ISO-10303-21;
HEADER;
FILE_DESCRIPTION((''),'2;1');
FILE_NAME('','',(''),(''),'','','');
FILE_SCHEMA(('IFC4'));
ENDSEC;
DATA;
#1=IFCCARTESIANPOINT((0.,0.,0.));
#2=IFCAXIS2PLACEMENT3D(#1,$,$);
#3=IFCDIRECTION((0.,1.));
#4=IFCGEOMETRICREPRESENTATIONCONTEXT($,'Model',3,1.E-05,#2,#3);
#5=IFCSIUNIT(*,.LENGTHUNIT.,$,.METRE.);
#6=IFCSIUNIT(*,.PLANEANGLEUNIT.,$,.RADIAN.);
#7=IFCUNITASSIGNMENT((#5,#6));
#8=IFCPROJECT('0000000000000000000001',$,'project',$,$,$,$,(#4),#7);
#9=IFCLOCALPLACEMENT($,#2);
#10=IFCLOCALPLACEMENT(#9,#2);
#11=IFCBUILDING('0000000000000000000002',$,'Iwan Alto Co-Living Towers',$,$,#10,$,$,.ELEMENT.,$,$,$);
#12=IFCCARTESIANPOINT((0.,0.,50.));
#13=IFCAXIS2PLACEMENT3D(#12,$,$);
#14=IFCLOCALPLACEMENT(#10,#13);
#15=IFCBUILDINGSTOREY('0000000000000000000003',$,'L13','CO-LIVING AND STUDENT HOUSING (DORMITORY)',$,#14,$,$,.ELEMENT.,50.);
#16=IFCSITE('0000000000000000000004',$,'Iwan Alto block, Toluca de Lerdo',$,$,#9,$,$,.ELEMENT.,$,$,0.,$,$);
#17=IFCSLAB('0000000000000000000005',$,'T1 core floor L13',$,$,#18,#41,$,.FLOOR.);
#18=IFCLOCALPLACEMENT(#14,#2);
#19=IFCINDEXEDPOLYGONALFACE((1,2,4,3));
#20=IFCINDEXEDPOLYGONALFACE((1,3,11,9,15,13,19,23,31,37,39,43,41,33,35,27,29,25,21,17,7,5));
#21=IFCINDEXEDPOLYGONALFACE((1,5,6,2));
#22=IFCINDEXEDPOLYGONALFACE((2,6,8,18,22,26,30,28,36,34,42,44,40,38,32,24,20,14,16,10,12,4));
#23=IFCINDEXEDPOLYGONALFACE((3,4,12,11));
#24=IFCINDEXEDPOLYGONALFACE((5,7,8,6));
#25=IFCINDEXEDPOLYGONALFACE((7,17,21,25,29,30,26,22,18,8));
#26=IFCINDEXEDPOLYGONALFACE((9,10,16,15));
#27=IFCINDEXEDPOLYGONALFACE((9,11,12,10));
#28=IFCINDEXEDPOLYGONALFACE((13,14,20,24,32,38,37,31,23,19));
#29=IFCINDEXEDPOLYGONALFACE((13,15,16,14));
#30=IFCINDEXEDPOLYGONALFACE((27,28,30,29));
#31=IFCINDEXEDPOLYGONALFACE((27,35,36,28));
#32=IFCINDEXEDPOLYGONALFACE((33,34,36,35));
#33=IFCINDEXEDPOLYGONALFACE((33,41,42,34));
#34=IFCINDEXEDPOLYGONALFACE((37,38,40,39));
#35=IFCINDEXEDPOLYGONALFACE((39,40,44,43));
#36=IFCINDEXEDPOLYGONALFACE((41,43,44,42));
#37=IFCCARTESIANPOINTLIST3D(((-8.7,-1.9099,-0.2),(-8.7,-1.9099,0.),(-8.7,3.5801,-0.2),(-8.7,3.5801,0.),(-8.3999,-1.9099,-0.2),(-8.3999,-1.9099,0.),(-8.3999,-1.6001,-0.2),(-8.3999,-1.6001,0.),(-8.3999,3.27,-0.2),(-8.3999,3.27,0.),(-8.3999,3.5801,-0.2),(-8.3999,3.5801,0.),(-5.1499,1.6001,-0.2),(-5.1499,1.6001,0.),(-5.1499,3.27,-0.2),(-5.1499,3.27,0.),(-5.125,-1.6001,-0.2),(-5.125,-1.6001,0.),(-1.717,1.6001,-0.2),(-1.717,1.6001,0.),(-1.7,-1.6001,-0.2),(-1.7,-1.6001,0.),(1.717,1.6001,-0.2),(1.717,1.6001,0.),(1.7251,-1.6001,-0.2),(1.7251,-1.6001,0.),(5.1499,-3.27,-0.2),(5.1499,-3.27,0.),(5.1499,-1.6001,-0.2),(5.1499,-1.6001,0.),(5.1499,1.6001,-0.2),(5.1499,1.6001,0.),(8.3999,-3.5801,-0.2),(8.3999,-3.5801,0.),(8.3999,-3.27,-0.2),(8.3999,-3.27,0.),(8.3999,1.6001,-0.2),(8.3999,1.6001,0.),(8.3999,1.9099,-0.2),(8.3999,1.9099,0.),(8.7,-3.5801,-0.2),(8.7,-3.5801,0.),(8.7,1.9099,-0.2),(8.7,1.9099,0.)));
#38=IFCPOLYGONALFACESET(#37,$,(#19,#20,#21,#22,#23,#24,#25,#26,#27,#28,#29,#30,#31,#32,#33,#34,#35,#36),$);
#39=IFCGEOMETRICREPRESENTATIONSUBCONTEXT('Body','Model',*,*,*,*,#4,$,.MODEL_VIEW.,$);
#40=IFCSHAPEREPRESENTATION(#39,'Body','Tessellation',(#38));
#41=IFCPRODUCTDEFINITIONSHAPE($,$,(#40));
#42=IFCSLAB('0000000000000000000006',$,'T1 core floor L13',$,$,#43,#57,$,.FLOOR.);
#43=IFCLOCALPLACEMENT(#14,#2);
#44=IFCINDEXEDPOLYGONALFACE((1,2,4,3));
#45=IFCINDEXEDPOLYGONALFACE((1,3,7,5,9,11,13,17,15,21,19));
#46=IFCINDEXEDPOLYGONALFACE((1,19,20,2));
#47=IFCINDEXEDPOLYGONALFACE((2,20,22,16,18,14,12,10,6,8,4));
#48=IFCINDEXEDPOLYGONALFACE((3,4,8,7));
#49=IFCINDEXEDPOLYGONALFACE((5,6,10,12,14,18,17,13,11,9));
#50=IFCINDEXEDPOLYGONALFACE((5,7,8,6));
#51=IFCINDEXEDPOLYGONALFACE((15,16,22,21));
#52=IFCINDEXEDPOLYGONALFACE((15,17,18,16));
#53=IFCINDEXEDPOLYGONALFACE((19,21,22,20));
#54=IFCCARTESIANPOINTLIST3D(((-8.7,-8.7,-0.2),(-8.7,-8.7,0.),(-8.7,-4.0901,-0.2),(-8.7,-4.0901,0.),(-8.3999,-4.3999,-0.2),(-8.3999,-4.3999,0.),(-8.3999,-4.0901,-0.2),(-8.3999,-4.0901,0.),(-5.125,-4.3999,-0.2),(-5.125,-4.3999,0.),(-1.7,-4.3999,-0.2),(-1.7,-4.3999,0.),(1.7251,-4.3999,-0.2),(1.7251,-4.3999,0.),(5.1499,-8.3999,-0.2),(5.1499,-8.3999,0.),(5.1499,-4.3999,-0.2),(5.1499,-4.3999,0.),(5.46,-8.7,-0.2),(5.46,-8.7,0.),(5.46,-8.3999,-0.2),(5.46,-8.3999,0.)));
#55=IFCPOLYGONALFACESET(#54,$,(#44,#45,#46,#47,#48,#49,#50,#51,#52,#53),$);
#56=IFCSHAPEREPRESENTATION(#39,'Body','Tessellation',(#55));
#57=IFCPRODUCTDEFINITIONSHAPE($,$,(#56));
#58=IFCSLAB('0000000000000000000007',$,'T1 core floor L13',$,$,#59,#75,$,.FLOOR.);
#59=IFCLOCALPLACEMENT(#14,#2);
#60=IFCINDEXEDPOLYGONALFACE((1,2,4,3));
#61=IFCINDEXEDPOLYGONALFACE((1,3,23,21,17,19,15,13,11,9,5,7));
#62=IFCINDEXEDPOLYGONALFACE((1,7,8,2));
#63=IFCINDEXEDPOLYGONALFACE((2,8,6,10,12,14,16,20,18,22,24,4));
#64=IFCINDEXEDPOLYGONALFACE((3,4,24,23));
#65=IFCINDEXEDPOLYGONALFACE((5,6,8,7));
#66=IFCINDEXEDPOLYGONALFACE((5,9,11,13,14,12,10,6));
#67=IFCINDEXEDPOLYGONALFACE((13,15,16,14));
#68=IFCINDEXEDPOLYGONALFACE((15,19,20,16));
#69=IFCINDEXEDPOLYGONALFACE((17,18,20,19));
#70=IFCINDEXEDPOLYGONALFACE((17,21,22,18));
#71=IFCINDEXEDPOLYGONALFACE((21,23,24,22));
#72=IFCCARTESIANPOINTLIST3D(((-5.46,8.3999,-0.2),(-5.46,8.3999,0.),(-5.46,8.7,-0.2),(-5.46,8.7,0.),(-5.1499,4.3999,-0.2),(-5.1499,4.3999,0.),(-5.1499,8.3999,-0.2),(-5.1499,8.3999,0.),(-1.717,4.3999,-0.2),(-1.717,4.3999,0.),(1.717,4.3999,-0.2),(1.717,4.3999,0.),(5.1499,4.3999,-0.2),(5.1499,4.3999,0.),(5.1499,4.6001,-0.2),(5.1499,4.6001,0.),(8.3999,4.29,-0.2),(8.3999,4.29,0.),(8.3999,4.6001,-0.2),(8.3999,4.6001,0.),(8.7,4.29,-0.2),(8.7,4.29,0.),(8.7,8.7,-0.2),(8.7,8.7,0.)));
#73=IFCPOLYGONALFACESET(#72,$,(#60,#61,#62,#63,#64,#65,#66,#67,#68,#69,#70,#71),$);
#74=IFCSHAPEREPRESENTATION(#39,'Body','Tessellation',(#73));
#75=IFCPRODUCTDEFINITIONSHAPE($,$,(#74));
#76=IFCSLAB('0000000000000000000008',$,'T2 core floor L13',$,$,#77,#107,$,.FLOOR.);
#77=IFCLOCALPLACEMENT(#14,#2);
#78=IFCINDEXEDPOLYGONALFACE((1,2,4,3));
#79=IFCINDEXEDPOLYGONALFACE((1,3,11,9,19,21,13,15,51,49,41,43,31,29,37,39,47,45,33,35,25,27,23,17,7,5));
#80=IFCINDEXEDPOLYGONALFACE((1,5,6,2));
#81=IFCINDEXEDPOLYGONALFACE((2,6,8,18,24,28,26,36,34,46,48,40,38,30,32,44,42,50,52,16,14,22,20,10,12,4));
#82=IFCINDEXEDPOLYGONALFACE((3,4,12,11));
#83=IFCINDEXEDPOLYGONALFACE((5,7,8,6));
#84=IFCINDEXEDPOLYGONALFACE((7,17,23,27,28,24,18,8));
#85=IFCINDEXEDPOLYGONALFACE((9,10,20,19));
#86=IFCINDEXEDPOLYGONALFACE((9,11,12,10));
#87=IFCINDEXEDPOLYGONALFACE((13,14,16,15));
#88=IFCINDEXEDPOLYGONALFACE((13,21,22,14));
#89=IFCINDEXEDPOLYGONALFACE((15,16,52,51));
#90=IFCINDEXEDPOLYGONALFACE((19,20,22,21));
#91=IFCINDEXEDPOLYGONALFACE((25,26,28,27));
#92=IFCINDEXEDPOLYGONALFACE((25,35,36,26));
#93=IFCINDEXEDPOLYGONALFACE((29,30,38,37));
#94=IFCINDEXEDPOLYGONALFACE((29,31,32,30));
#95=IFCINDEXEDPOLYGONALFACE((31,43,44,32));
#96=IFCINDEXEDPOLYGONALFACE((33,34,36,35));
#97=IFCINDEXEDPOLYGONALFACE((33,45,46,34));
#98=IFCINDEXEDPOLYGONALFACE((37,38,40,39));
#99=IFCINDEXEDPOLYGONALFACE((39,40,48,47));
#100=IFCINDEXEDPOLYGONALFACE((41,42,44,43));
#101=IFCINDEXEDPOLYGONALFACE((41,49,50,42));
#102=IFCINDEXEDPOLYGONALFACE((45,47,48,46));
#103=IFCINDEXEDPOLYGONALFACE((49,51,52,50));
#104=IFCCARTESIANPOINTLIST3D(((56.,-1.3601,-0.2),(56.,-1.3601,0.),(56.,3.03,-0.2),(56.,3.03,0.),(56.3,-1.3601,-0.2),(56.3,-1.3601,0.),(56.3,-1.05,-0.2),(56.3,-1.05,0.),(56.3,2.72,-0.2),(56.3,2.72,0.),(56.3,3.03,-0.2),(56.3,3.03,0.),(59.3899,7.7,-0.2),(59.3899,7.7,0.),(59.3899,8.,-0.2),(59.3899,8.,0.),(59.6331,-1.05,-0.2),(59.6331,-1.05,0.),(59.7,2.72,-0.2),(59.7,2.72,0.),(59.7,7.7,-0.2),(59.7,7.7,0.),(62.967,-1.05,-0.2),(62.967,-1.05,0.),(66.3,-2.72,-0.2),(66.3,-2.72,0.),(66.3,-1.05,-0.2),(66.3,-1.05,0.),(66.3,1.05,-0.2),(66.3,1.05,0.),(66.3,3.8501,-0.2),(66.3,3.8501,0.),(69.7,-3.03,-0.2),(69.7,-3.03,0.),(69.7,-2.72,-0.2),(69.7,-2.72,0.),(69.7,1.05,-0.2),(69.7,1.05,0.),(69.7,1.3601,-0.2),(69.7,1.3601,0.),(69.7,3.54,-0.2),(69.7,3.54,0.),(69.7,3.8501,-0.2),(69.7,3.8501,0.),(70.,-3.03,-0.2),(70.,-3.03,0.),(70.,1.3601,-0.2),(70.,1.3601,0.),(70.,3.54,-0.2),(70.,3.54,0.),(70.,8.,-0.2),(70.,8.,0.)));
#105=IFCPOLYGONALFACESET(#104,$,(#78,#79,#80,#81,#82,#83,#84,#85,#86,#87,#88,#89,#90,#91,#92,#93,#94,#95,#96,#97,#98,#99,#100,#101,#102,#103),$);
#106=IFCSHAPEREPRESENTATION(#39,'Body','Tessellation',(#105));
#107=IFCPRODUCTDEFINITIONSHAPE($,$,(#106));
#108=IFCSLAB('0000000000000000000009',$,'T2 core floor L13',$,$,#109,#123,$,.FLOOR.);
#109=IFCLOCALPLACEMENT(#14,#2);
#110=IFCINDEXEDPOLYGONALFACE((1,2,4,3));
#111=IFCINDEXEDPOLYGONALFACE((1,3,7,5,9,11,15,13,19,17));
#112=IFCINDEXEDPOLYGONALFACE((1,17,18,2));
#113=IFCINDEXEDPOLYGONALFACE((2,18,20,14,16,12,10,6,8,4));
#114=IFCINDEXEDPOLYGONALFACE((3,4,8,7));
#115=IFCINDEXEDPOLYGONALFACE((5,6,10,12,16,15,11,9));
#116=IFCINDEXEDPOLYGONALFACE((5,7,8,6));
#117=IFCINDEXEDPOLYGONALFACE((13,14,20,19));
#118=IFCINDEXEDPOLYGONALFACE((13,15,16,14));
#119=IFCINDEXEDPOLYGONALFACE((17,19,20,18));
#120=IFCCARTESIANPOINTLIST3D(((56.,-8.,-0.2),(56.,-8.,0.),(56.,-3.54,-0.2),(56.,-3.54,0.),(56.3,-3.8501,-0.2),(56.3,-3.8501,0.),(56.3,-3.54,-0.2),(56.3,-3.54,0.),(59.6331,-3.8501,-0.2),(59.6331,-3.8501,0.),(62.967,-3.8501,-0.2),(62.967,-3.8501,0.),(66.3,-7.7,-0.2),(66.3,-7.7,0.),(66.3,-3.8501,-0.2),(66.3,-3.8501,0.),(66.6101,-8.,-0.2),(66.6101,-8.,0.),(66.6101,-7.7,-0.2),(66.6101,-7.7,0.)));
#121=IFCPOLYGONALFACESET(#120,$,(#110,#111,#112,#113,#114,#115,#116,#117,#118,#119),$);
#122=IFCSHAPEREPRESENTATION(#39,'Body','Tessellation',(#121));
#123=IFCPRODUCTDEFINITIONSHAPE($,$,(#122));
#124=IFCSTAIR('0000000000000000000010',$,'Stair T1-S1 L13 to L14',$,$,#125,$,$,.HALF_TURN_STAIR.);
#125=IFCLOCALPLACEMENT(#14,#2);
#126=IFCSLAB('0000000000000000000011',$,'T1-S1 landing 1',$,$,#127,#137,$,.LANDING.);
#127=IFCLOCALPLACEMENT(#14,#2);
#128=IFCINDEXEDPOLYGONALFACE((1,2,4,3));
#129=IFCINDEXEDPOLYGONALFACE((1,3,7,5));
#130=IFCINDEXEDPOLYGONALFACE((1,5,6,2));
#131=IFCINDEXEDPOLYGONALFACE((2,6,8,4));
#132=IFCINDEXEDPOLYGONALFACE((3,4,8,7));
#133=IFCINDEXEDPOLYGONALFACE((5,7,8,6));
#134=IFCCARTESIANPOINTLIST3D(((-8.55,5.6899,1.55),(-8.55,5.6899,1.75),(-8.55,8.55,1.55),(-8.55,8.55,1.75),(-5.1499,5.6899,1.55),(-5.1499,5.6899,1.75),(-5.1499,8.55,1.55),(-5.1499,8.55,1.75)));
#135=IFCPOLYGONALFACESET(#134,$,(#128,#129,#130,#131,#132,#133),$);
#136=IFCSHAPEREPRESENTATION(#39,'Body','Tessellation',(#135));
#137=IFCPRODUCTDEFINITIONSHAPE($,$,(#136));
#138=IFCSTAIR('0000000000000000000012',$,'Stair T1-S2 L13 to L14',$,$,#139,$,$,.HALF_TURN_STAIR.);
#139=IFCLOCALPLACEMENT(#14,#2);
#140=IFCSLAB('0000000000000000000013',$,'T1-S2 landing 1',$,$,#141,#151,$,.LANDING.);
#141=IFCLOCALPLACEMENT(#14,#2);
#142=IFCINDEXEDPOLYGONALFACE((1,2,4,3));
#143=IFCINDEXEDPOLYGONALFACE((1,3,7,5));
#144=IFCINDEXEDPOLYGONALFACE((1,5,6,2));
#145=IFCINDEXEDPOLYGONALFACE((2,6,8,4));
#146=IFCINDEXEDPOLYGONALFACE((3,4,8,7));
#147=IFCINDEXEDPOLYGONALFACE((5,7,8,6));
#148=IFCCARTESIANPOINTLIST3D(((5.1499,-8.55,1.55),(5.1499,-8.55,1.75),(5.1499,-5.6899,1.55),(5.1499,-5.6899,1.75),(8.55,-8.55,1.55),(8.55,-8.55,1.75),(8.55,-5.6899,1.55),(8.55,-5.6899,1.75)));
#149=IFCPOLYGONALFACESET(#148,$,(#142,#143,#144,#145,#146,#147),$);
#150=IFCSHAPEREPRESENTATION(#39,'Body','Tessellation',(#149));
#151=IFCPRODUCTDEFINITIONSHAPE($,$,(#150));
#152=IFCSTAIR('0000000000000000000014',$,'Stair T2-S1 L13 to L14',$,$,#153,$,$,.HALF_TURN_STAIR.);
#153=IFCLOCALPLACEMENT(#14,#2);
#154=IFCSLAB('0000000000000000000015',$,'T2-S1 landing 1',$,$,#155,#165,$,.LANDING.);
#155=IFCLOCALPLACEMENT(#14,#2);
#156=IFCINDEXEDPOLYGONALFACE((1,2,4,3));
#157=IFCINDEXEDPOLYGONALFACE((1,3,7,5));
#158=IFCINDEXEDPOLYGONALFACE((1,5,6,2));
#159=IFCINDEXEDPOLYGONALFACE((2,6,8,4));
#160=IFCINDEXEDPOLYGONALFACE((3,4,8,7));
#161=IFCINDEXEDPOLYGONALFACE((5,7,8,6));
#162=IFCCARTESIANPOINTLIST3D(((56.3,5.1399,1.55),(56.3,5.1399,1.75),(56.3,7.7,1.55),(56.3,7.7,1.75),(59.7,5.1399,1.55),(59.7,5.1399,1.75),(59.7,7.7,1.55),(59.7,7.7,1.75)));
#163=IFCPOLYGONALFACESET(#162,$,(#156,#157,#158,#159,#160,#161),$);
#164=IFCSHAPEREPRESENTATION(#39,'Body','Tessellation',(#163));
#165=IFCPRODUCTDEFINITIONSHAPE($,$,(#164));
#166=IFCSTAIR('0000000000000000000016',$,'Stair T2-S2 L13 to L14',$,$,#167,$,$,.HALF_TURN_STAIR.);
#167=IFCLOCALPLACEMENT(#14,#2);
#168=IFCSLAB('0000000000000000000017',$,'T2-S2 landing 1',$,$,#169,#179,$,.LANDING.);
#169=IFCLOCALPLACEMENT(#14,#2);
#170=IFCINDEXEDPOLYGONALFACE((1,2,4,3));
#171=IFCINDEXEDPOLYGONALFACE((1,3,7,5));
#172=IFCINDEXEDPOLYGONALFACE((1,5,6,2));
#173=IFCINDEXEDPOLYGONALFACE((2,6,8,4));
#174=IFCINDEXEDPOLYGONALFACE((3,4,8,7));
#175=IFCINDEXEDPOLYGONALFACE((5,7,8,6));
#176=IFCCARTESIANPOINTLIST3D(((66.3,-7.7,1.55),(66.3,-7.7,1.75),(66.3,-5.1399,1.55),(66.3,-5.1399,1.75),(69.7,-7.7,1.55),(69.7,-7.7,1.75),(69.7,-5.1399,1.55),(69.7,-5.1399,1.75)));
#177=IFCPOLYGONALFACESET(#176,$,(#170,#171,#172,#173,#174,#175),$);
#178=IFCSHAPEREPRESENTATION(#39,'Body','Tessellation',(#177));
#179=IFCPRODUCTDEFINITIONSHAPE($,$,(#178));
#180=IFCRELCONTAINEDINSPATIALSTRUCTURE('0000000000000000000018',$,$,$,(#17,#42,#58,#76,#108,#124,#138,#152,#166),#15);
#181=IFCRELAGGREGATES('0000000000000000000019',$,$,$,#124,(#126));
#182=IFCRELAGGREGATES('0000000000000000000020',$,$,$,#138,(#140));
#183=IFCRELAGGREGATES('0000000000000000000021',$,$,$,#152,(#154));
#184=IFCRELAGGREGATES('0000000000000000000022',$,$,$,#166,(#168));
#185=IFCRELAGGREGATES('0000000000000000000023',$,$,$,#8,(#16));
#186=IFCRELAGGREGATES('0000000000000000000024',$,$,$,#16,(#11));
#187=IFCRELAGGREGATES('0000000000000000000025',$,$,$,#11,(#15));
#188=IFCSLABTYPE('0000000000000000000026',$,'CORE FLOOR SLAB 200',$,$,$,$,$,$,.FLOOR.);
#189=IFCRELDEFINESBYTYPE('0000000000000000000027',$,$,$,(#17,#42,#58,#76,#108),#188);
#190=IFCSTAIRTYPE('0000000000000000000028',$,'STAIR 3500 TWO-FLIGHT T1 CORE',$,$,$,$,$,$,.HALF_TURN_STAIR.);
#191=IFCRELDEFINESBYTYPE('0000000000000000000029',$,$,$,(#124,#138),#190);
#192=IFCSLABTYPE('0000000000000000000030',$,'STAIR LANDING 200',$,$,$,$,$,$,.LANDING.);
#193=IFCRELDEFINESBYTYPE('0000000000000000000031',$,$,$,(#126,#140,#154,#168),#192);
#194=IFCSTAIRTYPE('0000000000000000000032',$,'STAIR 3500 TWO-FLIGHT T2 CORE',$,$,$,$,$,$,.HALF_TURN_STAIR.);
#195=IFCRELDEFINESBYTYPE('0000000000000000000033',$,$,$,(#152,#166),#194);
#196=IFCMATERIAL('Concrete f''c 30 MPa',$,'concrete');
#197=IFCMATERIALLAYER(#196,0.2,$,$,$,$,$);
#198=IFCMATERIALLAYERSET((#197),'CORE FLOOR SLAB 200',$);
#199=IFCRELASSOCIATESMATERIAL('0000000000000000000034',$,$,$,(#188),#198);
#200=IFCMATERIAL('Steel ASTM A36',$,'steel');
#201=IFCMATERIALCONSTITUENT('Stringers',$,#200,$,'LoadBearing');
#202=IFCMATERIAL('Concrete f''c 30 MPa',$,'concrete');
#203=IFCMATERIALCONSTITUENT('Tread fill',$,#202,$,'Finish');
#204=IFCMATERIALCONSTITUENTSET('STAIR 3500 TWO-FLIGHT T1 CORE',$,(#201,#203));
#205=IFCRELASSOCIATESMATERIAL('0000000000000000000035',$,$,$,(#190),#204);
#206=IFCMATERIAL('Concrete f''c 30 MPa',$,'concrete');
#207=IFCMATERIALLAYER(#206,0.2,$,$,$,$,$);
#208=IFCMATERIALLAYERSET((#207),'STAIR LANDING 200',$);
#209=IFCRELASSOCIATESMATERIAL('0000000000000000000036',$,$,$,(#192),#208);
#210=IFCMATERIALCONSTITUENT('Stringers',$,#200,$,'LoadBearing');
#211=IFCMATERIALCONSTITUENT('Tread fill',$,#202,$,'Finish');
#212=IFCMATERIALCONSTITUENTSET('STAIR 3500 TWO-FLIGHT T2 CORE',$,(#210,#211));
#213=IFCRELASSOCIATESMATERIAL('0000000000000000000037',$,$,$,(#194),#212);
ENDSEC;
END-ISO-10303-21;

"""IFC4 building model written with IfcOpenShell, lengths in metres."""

from ifc_helpers import new_model, si_unit, direction, frame, origin, place, context, subcontext, project, spatial, polyline, outline, extrude, material, layer, layer_set, constituent, constituent_set, type_object, element, aggregate, save


model = new_model("IFC4")

# Units and contexts
model_context = context("Model", 3, precision=1e-05, world=origin(), true_north=direction((0.0, 1.0)))
body_context = subcontext(model_context, "Body", "Model", "MODEL_VIEW")
ifc_project = project(units=[si_unit("LENGTHUNIT", "METRE"), si_unit("PLANEANGLEUNIT", "RADIAN")], contexts=[model_context])

# Site, building, storey
site_placement = place(None, origin())
site = spatial("IfcSite", under=ifc_project, at=site_placement, Name="Iwan Alto block, Toluca de Lerdo", CompositionType="ELEMENT", RefElevation=0.0)
building_placement = place(site_placement, origin())
building = spatial("IfcBuilding", under=site, at=building_placement, Name="Iwan Alto Co-Living Towers", CompositionType="ELEMENT")
storey_placement = place(building_placement, frame((0.0, 0.0, 50.0)))
storey = spatial("IfcBuildingStorey", under=building, at=storey_placement, Name="L13", Description="CO-LIVING AND STUDENT HOUSING (DORMITORY)", CompositionType="ELEMENT", Elevation=50.0)

# Slabs
ifc_material_1 = material(Name="Concrete f'c 30 MPa", Category="concrete")
ifc_layer_1 = layer(ifc_material_1, 0.2)
ifc_layer_set_1 = layer_set([ifc_layer_1], Name="CORE FLOOR SLAB 200")
slab_type_1 = type_object("IfcSlabType", Name="CORE FLOOR SLAB 200", PredefinedType="FLOOR", material=ifc_layer_set_1)
slab_1_placement = place(storey_placement, frame((0.0, 0.0, -0.2)))
element("IfcSlab", 1, at=slab_1_placement, inside=storey, type_object=slab_type_1, Name="T1 core floor L13", PredefinedType="FLOOR", context=body_context, shape_type="SweptSolid", body=[
    extrude(outline(polyline([(8.7, -3.5801), (8.3999, -3.5801), (8.3999, -3.27), (5.1499, -3.27), (5.1499, -1.6001), (1.7251, -1.6001), (-1.7, -1.6001), (-5.125, -1.6001), (-8.3999, -1.6001), (-8.3999, -1.9099), (-8.7, -1.9099), (-8.7, 3.5801), (-8.3999, 3.5801), (-8.3999, 3.27), (-5.1499, 3.27), (-5.1499, 1.6001), (-1.717, 1.6001), (1.717, 1.6001), (5.1499, 1.6001), (8.3999, 1.6001), (8.3999, 1.9099), (8.7, 1.9099), (8.7, -3.5801)])), origin(), (0.0, 0.0, 1.0), 0.2),
])
slab_2_placement = place(storey_placement, frame((0.0, 0.0, -0.2)))
element("IfcSlab", 2, at=slab_2_placement, inside=storey, type_object=slab_type_1, Name="T1 core floor L13", PredefinedType="FLOOR", context=body_context, shape_type="SweptSolid", body=[
    extrude(outline(polyline([(-1.7, -4.3999), (1.7251, -4.3999), (5.1499, -4.3999), (5.1499, -8.3999), (5.46, -8.3999), (5.46, -8.7), (-8.7, -8.7), (-8.7, -4.0901), (-8.3999, -4.0901), (-8.3999, -4.3999), (-5.125, -4.3999), (-1.7, -4.3999)])), origin(), (0.0, 0.0, 1.0), 0.2),
])
slab_3_placement = place(storey_placement, frame((0.0, 0.0, -0.2)))
element("IfcSlab", 3, at=slab_3_placement, inside=storey, type_object=slab_type_1, Name="T1 core floor L13", PredefinedType="FLOOR", context=body_context, shape_type="SweptSolid", body=[
    extrude(outline(polyline([(1.717, 4.3999), (-1.717, 4.3999), (-5.1499, 4.3999), (-5.1499, 8.3999), (-5.46, 8.3999), (-5.46, 8.7), (8.7, 8.7), (8.7, 4.29), (8.3999, 4.29), (8.3999, 4.6001), (5.1499, 4.6001), (5.1499, 4.3999), (1.717, 4.3999)])), origin(), (0.0, 0.0, 1.0), 0.2),
])
slab_4_placement = place(storey_placement, frame((0.0, 0.0, -0.2)))
element("IfcSlab", 4, at=slab_4_placement, inside=storey, type_object=slab_type_1, Name="T2 core floor L13", PredefinedType="FLOOR", context=body_context, shape_type="SweptSolid", body=[
    extrude(outline(polyline([(70.0, -3.03), (69.7, -3.03), (69.7, -2.72), (66.3, -2.72), (66.3, -1.05), (62.967, -1.05), (59.6331, -1.05), (56.3, -1.05), (56.3, -1.3601), (56.0, -1.3601), (56.0, 3.03), (56.3, 3.03), (56.3, 2.72), (59.7, 2.72), (59.7, 7.7), (59.3899, 7.7), (59.3899, 8.0), (70.0, 8.0), (70.0, 3.54), (69.7, 3.54), (69.7, 3.8501), (66.3, 3.8501), (66.3, 1.05), (69.7, 1.05), (69.7, 1.3601), (70.0, 1.3601), (70.0, -3.03)])), origin(), (0.0, 0.0, 1.0), 0.2),
])
slab_5_placement = place(storey_placement, frame((0.0, 0.0, -0.2)))
element("IfcSlab", 5, at=slab_5_placement, inside=storey, type_object=slab_type_1, Name="T2 core floor L13", PredefinedType="FLOOR", context=body_context, shape_type="SweptSolid", body=[
    extrude(outline(polyline([(62.967, -3.8501), (66.3, -3.8501), (66.3, -7.7), (66.6101, -7.7), (66.6101, -8.0), (56.0, -8.0), (56.0, -3.54), (56.3, -3.54), (56.3, -3.8501), (59.6331, -3.8501), (62.967, -3.8501)])), origin(), (0.0, 0.0, 1.0), 0.2),
])

# Stairs, slabs
ifc_material_2 = material(Name="Steel ASTM A36", Category="steel")
ifc_constituent_1 = constituent(ifc_material_2, Name="Stringers", Category="LoadBearing")
ifc_material_3 = material(Name="Concrete f'c 30 MPa", Category="concrete")
ifc_constituent_2 = constituent(ifc_material_3, Name="Tread fill", Category="Finish")
ifc_constituent_set_1 = constituent_set(constituents=[ifc_constituent_1, ifc_constituent_2], Name="STAIR 3500 TWO-FLIGHT T1 CORE")
stair_type_1 = type_object("IfcStairType", Name="STAIR 3500 TWO-FLIGHT T1 CORE", PredefinedType="HALF_TURN_STAIR", material=ifc_constituent_set_1)
stair_1_placement = place(storey_placement, origin())
stair_1 = element("IfcStair", 6, at=stair_1_placement, inside=storey, type_object=stair_type_1, Name="Stair T1-S1 L13 to L14", PredefinedType="HALF_TURN_STAIR")
ifc_material_4 = material(Name="Concrete f'c 30 MPa", Category="concrete")
ifc_layer_2 = layer(ifc_material_4, 0.2)
ifc_layer_set_2 = layer_set([ifc_layer_2], Name="STAIR LANDING 200")
slab_type_2 = type_object("IfcSlabType", Name="STAIR LANDING 200", PredefinedType="LANDING", material=ifc_layer_set_2)
slab_6_placement = place(storey_placement, frame((0.0, 0.0, 1.55)))
slab_6 = element("IfcSlab", 7, at=slab_6_placement, type_object=slab_type_2, Name="T1-S1 landing 1", PredefinedType="LANDING", context=body_context, shape_type="SweptSolid", body=[
    extrude(outline(polyline([(-8.55, 5.6899), (-8.55, 8.55), (-5.1499, 8.55), (-5.1499, 5.6899), (-8.55, 5.6899)])), origin(), (0.0, 0.0, 1.0), 0.2),
])
aggregate(stair_1, [slab_6])
stair_2_placement = place(storey_placement, origin())
stair_2 = element("IfcStair", 8, at=stair_2_placement, inside=storey, type_object=stair_type_1, Name="Stair T1-S2 L13 to L14", PredefinedType="HALF_TURN_STAIR")
slab_7_placement = place(storey_placement, frame((0.0, 0.0, 1.55)))
slab_7 = element("IfcSlab", 9, at=slab_7_placement, type_object=slab_type_2, Name="T1-S2 landing 1", PredefinedType="LANDING", context=body_context, shape_type="SweptSolid", body=[
    extrude(outline(polyline([(5.1499, -5.6899), (5.1499, -8.55), (8.55, -8.55), (8.55, -5.6899), (5.1499, -5.6899)])), origin(), (0.0, 0.0, 1.0), 0.2),
])
aggregate(stair_2, [slab_7])
ifc_constituent_3 = constituent(ifc_material_2, Name="Stringers", Category="LoadBearing")
ifc_constituent_4 = constituent(ifc_material_3, Name="Tread fill", Category="Finish")
ifc_constituent_set_2 = constituent_set(constituents=[ifc_constituent_3, ifc_constituent_4], Name="STAIR 3500 TWO-FLIGHT T2 CORE")
stair_type_2 = type_object("IfcStairType", Name="STAIR 3500 TWO-FLIGHT T2 CORE", PredefinedType="HALF_TURN_STAIR", material=ifc_constituent_set_2)
stair_3_placement = place(storey_placement, origin())
stair_3 = element("IfcStair", 10, at=stair_3_placement, inside=storey, type_object=stair_type_2, Name="Stair T2-S1 L13 to L14", PredefinedType="HALF_TURN_STAIR")
slab_8_placement = place(storey_placement, frame((0.0, 0.0, 1.55)))
slab_8 = element("IfcSlab", 11, at=slab_8_placement, type_object=slab_type_2, Name="T2-S1 landing 1", PredefinedType="LANDING", context=body_context, shape_type="SweptSolid", body=[
    extrude(outline(polyline([(56.3, 5.1399), (56.3, 7.7), (59.7, 7.7), (59.7, 5.1399), (56.3, 5.1399)])), origin(), (0.0, 0.0, 1.0), 0.2),
])
aggregate(stair_3, [slab_8])
stair_4_placement = place(storey_placement, origin())
stair_4 = element("IfcStair", 12, at=stair_4_placement, inside=storey, type_object=stair_type_2, Name="Stair T2-S2 L13 to L14", PredefinedType="HALF_TURN_STAIR")
slab_9_placement = place(storey_placement, frame((0.0, 0.0, 1.55)))
slab_9 = element("IfcSlab", 13, at=slab_9_placement, type_object=slab_type_2, Name="T2-S2 landing 1", PredefinedType="LANDING", context=body_context, shape_type="SweptSolid", body=[
    extrude(outline(polyline([(66.3, -5.1399), (66.3, -7.7), (69.7, -7.7), (69.7, -5.1399), (66.3, -5.1399)])), origin(), (0.0, 0.0, 1.0), 0.2),
])
aggregate(stair_4, [slab_9])

save(model, "model.ifc")
